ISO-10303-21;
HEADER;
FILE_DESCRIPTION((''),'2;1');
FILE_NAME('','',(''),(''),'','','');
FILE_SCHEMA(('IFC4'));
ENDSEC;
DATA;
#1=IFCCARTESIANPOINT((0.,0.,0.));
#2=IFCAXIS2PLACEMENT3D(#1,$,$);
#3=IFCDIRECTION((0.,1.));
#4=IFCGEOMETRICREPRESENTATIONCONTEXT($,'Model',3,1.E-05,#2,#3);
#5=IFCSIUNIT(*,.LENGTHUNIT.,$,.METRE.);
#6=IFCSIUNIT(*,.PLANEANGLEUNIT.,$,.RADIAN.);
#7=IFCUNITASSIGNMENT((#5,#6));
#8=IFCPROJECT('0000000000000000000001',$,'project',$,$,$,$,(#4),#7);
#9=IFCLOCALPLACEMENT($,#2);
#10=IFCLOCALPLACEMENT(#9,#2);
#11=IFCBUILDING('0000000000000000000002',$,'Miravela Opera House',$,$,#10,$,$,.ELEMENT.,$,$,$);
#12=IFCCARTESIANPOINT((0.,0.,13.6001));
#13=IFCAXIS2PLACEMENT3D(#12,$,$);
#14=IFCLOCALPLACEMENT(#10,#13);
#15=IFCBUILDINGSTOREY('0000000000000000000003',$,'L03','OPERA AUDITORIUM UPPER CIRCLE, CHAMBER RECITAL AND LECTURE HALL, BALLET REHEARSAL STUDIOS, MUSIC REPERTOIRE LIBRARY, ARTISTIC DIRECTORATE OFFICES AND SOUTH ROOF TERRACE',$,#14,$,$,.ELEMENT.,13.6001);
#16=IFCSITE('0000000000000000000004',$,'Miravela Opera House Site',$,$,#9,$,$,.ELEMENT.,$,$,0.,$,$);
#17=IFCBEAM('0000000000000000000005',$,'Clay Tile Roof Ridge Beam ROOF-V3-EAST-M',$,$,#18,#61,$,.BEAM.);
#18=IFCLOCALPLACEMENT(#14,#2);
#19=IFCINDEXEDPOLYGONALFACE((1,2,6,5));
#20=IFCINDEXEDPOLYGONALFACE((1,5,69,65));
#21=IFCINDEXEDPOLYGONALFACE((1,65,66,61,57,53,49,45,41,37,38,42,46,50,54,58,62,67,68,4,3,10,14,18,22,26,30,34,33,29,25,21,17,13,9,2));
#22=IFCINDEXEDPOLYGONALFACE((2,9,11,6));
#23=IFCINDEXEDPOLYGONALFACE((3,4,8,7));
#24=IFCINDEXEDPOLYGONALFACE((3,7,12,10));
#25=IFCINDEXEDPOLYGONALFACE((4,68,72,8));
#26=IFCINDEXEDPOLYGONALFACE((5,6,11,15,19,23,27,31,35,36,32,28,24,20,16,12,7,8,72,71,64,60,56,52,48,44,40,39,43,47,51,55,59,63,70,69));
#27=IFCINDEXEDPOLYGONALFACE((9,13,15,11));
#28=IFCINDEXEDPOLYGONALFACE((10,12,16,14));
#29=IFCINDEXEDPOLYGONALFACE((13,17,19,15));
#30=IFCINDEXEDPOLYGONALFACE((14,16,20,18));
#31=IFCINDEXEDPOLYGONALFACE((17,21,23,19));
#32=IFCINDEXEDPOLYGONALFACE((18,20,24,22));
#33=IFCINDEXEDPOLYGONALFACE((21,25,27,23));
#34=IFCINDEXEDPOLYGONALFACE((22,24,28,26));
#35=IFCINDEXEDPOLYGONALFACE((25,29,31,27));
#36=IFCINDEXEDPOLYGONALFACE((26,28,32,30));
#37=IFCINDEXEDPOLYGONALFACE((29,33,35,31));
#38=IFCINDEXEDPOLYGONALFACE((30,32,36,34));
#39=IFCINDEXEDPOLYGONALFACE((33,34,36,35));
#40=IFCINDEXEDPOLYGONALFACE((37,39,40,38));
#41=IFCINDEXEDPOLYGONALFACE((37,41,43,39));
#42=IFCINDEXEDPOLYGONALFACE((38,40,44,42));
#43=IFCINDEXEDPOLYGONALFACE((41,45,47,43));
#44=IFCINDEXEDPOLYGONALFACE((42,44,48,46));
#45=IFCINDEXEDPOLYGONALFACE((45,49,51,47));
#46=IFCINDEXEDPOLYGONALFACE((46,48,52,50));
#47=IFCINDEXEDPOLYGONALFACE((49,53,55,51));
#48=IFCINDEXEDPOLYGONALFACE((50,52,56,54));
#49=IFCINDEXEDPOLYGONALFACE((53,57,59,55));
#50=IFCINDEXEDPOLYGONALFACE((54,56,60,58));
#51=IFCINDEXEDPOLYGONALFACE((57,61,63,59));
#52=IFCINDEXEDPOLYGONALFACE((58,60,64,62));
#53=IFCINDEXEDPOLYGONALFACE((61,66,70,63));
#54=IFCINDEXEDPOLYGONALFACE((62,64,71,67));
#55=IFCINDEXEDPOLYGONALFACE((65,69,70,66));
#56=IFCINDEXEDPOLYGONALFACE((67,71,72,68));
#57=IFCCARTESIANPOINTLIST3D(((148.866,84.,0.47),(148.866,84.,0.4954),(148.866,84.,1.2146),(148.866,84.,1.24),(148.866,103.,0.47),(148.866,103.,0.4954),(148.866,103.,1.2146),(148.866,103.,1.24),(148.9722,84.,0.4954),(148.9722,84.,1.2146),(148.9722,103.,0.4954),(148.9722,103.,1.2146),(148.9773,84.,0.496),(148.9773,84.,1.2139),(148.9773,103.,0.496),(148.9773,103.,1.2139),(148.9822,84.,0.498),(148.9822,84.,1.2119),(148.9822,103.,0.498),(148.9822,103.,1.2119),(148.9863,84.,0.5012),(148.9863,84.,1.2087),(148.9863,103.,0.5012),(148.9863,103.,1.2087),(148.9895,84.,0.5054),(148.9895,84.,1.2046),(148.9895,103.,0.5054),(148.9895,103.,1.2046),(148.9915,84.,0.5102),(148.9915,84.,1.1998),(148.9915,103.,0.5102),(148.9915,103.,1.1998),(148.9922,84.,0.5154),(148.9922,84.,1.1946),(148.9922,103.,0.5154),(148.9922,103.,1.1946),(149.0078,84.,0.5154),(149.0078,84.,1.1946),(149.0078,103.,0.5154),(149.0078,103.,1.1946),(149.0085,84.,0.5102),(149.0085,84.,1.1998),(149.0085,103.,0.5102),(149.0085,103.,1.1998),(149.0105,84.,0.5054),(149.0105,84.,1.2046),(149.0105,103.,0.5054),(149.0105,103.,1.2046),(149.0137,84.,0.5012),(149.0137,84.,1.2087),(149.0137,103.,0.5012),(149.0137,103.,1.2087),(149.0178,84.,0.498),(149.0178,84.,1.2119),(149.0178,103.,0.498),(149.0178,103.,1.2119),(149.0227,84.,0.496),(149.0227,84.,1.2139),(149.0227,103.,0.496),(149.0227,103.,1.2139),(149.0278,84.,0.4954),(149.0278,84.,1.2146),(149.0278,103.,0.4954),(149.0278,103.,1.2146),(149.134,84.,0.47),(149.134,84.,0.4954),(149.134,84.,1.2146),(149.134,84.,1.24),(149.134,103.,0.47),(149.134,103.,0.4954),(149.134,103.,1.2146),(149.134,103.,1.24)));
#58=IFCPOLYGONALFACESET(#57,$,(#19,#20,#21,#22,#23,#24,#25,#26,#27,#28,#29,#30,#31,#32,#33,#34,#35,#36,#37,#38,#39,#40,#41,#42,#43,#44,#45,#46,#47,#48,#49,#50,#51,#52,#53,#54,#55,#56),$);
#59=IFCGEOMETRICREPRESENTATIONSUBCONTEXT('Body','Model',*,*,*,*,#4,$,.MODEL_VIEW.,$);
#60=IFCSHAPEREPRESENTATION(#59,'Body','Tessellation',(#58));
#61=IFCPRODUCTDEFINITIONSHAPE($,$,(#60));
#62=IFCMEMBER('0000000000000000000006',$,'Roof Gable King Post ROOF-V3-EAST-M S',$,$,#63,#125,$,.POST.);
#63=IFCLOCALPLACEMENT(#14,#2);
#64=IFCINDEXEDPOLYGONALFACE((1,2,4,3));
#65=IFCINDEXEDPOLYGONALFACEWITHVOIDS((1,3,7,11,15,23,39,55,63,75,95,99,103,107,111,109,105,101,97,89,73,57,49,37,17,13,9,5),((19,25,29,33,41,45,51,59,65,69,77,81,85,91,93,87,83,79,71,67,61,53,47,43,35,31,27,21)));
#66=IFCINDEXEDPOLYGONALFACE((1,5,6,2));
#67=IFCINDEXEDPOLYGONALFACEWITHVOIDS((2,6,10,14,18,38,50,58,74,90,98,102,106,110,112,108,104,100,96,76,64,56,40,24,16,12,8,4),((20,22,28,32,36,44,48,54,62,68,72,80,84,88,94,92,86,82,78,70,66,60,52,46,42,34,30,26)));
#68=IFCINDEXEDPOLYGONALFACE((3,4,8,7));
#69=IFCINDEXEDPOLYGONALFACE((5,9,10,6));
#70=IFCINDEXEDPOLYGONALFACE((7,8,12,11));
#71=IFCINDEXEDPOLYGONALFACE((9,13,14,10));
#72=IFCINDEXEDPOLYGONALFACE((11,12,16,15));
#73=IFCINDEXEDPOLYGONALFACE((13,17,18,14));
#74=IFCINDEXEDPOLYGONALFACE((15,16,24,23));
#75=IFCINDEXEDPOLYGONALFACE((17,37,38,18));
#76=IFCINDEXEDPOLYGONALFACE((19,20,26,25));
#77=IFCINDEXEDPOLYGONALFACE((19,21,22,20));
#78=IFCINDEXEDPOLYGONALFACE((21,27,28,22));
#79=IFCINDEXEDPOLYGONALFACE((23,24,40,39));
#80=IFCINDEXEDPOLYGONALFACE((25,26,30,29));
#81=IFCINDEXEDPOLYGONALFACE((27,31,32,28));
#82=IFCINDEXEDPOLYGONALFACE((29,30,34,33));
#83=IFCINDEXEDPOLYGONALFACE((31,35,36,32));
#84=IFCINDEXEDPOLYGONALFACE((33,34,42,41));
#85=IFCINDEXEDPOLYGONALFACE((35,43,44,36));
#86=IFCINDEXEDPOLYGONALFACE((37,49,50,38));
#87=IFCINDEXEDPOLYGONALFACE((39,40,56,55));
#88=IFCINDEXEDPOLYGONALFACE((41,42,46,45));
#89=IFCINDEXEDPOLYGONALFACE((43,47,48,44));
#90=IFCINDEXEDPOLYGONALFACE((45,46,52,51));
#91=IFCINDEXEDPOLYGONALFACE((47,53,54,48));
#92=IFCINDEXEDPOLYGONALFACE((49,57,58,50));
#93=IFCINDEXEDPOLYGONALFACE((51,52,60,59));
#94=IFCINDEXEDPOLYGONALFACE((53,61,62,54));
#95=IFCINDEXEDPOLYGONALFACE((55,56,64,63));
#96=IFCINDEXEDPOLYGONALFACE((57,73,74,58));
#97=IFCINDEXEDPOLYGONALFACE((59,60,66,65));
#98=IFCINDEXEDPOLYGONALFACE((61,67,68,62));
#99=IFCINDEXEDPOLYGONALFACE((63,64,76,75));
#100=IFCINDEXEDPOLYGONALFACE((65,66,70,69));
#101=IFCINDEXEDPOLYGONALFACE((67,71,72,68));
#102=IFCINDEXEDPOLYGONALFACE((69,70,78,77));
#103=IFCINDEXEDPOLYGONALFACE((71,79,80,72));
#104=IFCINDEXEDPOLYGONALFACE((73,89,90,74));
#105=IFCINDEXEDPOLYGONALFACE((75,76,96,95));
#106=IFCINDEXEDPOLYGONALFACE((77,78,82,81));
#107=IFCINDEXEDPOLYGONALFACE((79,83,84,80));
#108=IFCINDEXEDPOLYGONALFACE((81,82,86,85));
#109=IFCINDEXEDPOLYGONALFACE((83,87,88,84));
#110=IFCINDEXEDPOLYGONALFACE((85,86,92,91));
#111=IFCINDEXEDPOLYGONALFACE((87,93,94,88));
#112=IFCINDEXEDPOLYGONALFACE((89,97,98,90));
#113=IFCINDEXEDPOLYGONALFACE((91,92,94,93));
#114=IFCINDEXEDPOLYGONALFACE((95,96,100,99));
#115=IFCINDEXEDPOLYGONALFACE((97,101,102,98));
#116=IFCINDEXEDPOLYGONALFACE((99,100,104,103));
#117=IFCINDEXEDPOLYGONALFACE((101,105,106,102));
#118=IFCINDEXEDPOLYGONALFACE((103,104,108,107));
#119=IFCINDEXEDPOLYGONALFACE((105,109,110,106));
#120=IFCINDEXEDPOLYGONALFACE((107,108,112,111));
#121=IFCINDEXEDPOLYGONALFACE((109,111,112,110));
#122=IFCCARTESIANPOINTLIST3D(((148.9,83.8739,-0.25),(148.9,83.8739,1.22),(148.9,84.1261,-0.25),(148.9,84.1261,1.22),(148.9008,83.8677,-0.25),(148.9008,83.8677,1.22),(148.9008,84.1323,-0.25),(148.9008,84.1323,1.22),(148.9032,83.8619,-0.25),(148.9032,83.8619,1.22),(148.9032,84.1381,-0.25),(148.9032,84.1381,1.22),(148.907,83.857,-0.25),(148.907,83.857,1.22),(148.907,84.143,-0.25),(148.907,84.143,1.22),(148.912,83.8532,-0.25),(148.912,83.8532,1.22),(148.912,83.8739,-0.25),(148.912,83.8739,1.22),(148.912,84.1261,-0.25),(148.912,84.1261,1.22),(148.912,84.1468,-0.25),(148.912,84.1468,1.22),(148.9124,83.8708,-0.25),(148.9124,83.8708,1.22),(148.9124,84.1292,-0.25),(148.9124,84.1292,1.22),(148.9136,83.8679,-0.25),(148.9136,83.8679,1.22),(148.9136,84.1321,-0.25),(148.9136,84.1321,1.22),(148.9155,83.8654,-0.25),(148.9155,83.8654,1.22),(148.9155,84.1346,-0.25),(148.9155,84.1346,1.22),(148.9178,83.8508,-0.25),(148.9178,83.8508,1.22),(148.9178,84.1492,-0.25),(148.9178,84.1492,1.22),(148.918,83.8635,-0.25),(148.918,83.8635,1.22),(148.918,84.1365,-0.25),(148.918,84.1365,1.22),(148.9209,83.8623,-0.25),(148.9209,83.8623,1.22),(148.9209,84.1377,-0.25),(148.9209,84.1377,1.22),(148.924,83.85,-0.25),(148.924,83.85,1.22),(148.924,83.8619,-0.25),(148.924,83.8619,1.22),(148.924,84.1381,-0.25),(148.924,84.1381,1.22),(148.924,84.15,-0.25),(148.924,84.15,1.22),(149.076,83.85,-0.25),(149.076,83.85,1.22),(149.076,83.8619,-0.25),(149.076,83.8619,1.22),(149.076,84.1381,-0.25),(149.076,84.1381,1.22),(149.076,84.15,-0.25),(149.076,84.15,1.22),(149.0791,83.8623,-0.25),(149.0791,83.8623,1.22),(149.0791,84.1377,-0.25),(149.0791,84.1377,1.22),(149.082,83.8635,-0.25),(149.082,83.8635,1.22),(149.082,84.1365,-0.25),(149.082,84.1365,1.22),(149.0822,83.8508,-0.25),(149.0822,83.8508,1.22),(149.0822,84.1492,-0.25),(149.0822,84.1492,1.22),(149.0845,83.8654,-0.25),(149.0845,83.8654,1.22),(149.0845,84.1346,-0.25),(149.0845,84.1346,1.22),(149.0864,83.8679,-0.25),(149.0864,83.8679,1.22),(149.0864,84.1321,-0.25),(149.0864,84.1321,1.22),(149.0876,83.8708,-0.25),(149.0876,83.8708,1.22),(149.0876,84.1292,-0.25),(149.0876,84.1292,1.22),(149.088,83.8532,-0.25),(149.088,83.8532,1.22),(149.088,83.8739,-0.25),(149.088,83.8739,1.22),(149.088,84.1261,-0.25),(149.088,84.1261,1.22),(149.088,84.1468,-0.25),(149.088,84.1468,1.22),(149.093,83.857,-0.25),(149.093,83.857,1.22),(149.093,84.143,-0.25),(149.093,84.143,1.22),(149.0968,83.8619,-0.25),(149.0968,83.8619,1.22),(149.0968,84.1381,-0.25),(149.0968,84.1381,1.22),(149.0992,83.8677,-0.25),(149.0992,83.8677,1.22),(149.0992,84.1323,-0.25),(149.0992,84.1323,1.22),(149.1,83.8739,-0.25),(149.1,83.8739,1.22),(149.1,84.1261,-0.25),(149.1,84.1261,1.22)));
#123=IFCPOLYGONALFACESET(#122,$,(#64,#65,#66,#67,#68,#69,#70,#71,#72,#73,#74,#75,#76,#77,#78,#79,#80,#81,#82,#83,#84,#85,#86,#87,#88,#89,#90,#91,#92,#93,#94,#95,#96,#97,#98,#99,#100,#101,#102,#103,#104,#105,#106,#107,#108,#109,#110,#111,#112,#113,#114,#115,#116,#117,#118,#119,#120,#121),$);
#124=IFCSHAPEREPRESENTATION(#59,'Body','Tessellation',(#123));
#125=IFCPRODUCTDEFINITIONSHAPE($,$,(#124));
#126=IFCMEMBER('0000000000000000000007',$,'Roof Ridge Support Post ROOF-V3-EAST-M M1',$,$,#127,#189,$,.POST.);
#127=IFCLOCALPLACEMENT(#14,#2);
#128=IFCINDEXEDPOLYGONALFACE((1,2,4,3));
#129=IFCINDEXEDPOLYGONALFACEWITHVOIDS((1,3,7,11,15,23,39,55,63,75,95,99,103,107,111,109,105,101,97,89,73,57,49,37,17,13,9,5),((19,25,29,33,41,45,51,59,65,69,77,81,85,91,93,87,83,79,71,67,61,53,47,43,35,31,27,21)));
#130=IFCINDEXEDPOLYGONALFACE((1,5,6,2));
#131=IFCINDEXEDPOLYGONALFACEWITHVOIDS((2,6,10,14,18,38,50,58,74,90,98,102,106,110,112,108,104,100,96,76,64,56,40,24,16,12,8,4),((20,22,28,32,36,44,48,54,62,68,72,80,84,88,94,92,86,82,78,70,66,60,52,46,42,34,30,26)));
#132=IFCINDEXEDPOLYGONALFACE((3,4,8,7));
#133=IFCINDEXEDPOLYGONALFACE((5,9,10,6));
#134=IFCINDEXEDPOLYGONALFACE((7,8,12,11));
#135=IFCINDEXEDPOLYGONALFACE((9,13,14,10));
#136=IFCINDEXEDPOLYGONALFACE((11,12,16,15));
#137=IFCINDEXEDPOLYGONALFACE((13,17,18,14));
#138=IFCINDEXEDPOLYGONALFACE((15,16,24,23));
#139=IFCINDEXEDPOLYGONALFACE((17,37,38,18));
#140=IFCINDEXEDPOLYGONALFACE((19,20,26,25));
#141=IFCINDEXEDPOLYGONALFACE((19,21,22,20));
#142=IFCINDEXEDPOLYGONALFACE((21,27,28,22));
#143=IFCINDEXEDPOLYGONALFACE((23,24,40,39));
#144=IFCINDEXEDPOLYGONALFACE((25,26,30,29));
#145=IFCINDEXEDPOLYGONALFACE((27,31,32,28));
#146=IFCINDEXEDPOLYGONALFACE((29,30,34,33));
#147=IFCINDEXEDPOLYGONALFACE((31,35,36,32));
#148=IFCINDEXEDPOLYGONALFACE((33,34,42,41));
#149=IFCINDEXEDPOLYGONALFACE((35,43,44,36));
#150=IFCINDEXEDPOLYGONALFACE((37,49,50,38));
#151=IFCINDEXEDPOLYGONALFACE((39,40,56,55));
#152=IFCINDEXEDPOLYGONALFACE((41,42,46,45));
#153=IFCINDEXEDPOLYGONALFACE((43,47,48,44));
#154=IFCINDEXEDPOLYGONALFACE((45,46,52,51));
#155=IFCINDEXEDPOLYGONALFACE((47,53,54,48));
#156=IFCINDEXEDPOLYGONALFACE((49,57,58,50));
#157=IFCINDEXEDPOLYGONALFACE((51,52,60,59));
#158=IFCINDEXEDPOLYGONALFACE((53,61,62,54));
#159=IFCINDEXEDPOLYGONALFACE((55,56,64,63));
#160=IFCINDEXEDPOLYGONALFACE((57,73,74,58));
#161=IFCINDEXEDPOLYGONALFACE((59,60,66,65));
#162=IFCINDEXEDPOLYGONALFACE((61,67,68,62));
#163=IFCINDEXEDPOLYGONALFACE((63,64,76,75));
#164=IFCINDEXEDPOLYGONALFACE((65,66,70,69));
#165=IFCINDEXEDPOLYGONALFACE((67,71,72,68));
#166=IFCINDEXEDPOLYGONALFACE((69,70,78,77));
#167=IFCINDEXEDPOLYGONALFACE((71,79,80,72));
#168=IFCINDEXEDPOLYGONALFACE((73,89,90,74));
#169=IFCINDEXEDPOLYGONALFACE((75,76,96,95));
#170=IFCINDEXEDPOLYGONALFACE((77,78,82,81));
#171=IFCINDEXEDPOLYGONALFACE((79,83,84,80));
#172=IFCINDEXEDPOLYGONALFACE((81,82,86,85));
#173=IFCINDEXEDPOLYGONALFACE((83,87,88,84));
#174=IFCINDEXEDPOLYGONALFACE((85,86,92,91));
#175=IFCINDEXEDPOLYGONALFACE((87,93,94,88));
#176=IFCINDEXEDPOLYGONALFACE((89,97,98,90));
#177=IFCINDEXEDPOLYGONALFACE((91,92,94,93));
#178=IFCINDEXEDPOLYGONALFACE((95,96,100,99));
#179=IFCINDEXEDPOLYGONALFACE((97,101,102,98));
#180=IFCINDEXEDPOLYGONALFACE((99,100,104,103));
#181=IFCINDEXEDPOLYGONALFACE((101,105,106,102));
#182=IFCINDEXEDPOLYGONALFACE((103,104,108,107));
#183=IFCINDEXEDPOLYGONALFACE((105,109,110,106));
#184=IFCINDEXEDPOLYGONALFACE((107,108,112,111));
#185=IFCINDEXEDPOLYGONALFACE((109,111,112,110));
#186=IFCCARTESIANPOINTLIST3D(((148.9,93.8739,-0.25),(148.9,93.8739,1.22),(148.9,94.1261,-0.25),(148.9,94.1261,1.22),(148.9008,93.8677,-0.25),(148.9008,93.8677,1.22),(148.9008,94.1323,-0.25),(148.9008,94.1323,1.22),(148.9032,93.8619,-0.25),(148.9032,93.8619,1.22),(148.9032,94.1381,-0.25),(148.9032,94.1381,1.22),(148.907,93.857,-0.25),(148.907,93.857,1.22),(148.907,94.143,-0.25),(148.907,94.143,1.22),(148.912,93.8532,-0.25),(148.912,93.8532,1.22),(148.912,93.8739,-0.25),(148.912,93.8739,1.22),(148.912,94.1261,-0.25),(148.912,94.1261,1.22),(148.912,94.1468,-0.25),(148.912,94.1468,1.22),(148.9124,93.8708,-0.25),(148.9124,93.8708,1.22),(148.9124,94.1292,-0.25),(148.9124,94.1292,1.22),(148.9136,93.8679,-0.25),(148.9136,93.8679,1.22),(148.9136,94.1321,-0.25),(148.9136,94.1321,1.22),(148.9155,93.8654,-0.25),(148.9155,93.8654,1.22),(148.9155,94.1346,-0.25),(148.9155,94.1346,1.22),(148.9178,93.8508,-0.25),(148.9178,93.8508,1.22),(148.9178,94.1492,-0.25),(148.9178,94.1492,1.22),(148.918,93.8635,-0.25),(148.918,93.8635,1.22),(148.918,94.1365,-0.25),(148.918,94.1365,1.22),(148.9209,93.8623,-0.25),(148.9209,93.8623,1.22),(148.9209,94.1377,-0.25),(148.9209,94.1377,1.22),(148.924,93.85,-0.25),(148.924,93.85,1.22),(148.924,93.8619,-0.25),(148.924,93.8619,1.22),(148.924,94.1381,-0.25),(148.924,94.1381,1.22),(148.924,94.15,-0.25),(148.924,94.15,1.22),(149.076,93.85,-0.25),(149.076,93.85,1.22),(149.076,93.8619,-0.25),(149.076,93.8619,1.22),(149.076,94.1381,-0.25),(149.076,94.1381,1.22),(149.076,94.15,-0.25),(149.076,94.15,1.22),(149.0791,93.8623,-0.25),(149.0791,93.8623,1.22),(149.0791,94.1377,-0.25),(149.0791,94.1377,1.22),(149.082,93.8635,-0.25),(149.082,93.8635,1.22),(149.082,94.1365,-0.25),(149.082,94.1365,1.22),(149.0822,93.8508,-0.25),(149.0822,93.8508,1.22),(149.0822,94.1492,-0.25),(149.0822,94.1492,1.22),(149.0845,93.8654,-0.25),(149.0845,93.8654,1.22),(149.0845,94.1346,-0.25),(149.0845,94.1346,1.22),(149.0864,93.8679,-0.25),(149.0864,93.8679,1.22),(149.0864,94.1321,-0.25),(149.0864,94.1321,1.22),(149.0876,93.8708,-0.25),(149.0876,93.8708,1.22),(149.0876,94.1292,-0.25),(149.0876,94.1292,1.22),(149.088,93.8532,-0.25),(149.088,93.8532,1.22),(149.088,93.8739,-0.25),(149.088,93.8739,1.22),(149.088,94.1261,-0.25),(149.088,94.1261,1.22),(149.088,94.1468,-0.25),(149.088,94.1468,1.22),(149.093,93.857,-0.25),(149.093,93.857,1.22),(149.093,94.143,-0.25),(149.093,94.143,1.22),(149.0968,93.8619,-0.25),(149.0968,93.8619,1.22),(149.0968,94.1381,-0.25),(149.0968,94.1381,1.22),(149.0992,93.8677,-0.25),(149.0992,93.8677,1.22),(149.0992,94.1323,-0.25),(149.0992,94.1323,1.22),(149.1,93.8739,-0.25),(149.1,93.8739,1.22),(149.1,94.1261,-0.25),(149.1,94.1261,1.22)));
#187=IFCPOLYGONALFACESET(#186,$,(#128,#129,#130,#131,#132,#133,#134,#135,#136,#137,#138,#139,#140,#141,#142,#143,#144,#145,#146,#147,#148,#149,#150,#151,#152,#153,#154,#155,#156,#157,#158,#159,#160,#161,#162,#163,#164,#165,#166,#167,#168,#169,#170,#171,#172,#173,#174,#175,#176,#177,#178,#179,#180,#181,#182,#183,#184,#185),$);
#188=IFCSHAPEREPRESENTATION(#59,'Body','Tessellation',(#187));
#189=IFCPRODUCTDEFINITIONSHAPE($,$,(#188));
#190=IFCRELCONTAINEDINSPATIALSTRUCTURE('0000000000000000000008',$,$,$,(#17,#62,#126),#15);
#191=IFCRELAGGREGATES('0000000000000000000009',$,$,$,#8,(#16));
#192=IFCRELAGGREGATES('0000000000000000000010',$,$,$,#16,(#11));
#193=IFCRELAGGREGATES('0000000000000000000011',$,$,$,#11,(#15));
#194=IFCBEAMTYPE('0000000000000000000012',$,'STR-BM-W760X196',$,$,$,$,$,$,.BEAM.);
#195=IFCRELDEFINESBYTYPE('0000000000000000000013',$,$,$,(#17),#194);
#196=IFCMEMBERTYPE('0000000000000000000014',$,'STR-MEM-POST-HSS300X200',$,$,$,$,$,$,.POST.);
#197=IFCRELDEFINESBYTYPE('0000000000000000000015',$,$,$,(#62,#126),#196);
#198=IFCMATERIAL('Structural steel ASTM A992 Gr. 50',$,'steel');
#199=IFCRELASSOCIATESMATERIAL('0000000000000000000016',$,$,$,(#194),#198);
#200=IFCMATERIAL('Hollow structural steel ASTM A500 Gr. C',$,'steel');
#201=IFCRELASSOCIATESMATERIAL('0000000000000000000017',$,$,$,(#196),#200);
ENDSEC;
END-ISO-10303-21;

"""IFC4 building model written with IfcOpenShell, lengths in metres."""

from ifc_helpers import new_model, si_unit, direction, frame, origin, origin_2d, place, context, subcontext, project, spatial, hollow_rectangle, i_section, extrude, material, material_profile, profile_set, type_object, element, save


model = new_model("IFC4")

# Units and contexts
model_context = context("Model", 3, precision=1e-05, world=origin(), true_north=direction((0.0, 1.0)))
body_context = subcontext(model_context, "Body", "Model", "MODEL_VIEW")
ifc_project = project(units=[si_unit("LENGTHUNIT", "METRE"), si_unit("PLANEANGLEUNIT", "RADIAN")], contexts=[model_context])

# Site, building, storey
site_placement = place(None, origin())
site = spatial("IfcSite", under=ifc_project, at=site_placement, Name="Miravela Opera House Site", CompositionType="ELEMENT", RefElevation=0.0)
building_placement = place(site_placement, origin())
building = spatial("IfcBuilding", under=site, at=building_placement, Name="Miravela Opera House", CompositionType="ELEMENT")
storey_placement = place(building_placement, frame((0.0, 0.0, 13.6001)))
storey = spatial("IfcBuildingStorey", under=building, at=storey_placement, Name="L03", Description="OPERA AUDITORIUM UPPER CIRCLE, CHAMBER RECITAL AND LECTURE HALL, BALLET REHEARSAL STUDIOS, MUSIC REPERTOIRE LIBRARY, ARTISTIC DIRECTORATE OFFICES AND SOUTH ROOF TERRACE", CompositionType="ELEMENT", Elevation=13.6001)

# Beam
ifc_material_1 = material(Name="Structural steel ASTM A992 Gr. 50", Category="steel")
ifc_material_profile_1 = material_profile(ifc_material_1, i_section(OverallWidth=0.2681, OverallDepth=0.77, WebThickness=0.0156, FlangeThickness=0.0254, FilletRadius=0.02, at=origin_2d()), Name="W760X196")
ifc_profile_set_1 = profile_set([ifc_material_profile_1])
beam_type_1 = type_object("IfcBeamType", Name="STR-BM-W760X196", PredefinedType="BEAM", material=ifc_profile_set_1)
beam_1_placement = place(storey_placement, frame((149.0, 84.0, 0.855), z_axis=(0.0, 1.0, 0.0), x_axis=(-1.0, 0.0, 0.0)))
element("IfcBeam", 1, at=beam_1_placement, inside=storey, type_object=beam_type_1, Name="Clay Tile Roof Ridge Beam ROOF-V3-EAST-M", PredefinedType="BEAM", context=body_context, shape_type="SweptSolid", body=[
    extrude(i_section(OverallWidth=0.2681, OverallDepth=0.77, WebThickness=0.0156, FlangeThickness=0.0254, FilletRadius=0.02, at=origin_2d()), origin(), (0.0, 0.0, 1.0), 19.0),
])

# Members
ifc_material_2 = material(Name="Hollow structural steel ASTM A500 Gr. C", Category="steel")
ifc_material_profile_2 = material_profile(ifc_material_2, hollow_rectangle(XDim=0.2, YDim=0.3, WallThickness=0.012, InnerFilletRadius=0.012, OuterFilletRadius=0.0239, at=origin_2d()), Name="HSS300X200X12")
ifc_profile_set_2 = profile_set([ifc_material_profile_2])
member_type_1 = type_object("IfcMemberType", Name="STR-MEM-POST-HSS300X200", PredefinedType="POST", material=ifc_profile_set_2)
for number, where, z_axis, x_axis, name in (
    (2, (149.0, 84.0, -0.25), (0.0, 0.0, 1.0), (1.0, 0.0, 0.0), "Roof Gable King Post ROOF-V3-EAST-M S"),
    (3, (149.0, 94.0, -0.25), (0.0, 0.0, 1.0), (1.0, 0.0, 0.0), "Roof Ridge Support Post ROOF-V3-EAST-M M1"),
):
    element("IfcMember", number, at=place(storey_placement, frame(where, z_axis=z_axis, x_axis=x_axis)), inside=storey, type_object=member_type_1, Name=name, PredefinedType="POST", context=body_context, shape_type="SweptSolid", body=[
        extrude(hollow_rectangle(XDim=0.2, YDim=0.3, WallThickness=0.012, InnerFilletRadius=0.012, OuterFilletRadius=0.0239, at=origin_2d()), origin(), (0.0, 0.0, 1.0), 1.47),
    ])

save(model, "model.ifc")
